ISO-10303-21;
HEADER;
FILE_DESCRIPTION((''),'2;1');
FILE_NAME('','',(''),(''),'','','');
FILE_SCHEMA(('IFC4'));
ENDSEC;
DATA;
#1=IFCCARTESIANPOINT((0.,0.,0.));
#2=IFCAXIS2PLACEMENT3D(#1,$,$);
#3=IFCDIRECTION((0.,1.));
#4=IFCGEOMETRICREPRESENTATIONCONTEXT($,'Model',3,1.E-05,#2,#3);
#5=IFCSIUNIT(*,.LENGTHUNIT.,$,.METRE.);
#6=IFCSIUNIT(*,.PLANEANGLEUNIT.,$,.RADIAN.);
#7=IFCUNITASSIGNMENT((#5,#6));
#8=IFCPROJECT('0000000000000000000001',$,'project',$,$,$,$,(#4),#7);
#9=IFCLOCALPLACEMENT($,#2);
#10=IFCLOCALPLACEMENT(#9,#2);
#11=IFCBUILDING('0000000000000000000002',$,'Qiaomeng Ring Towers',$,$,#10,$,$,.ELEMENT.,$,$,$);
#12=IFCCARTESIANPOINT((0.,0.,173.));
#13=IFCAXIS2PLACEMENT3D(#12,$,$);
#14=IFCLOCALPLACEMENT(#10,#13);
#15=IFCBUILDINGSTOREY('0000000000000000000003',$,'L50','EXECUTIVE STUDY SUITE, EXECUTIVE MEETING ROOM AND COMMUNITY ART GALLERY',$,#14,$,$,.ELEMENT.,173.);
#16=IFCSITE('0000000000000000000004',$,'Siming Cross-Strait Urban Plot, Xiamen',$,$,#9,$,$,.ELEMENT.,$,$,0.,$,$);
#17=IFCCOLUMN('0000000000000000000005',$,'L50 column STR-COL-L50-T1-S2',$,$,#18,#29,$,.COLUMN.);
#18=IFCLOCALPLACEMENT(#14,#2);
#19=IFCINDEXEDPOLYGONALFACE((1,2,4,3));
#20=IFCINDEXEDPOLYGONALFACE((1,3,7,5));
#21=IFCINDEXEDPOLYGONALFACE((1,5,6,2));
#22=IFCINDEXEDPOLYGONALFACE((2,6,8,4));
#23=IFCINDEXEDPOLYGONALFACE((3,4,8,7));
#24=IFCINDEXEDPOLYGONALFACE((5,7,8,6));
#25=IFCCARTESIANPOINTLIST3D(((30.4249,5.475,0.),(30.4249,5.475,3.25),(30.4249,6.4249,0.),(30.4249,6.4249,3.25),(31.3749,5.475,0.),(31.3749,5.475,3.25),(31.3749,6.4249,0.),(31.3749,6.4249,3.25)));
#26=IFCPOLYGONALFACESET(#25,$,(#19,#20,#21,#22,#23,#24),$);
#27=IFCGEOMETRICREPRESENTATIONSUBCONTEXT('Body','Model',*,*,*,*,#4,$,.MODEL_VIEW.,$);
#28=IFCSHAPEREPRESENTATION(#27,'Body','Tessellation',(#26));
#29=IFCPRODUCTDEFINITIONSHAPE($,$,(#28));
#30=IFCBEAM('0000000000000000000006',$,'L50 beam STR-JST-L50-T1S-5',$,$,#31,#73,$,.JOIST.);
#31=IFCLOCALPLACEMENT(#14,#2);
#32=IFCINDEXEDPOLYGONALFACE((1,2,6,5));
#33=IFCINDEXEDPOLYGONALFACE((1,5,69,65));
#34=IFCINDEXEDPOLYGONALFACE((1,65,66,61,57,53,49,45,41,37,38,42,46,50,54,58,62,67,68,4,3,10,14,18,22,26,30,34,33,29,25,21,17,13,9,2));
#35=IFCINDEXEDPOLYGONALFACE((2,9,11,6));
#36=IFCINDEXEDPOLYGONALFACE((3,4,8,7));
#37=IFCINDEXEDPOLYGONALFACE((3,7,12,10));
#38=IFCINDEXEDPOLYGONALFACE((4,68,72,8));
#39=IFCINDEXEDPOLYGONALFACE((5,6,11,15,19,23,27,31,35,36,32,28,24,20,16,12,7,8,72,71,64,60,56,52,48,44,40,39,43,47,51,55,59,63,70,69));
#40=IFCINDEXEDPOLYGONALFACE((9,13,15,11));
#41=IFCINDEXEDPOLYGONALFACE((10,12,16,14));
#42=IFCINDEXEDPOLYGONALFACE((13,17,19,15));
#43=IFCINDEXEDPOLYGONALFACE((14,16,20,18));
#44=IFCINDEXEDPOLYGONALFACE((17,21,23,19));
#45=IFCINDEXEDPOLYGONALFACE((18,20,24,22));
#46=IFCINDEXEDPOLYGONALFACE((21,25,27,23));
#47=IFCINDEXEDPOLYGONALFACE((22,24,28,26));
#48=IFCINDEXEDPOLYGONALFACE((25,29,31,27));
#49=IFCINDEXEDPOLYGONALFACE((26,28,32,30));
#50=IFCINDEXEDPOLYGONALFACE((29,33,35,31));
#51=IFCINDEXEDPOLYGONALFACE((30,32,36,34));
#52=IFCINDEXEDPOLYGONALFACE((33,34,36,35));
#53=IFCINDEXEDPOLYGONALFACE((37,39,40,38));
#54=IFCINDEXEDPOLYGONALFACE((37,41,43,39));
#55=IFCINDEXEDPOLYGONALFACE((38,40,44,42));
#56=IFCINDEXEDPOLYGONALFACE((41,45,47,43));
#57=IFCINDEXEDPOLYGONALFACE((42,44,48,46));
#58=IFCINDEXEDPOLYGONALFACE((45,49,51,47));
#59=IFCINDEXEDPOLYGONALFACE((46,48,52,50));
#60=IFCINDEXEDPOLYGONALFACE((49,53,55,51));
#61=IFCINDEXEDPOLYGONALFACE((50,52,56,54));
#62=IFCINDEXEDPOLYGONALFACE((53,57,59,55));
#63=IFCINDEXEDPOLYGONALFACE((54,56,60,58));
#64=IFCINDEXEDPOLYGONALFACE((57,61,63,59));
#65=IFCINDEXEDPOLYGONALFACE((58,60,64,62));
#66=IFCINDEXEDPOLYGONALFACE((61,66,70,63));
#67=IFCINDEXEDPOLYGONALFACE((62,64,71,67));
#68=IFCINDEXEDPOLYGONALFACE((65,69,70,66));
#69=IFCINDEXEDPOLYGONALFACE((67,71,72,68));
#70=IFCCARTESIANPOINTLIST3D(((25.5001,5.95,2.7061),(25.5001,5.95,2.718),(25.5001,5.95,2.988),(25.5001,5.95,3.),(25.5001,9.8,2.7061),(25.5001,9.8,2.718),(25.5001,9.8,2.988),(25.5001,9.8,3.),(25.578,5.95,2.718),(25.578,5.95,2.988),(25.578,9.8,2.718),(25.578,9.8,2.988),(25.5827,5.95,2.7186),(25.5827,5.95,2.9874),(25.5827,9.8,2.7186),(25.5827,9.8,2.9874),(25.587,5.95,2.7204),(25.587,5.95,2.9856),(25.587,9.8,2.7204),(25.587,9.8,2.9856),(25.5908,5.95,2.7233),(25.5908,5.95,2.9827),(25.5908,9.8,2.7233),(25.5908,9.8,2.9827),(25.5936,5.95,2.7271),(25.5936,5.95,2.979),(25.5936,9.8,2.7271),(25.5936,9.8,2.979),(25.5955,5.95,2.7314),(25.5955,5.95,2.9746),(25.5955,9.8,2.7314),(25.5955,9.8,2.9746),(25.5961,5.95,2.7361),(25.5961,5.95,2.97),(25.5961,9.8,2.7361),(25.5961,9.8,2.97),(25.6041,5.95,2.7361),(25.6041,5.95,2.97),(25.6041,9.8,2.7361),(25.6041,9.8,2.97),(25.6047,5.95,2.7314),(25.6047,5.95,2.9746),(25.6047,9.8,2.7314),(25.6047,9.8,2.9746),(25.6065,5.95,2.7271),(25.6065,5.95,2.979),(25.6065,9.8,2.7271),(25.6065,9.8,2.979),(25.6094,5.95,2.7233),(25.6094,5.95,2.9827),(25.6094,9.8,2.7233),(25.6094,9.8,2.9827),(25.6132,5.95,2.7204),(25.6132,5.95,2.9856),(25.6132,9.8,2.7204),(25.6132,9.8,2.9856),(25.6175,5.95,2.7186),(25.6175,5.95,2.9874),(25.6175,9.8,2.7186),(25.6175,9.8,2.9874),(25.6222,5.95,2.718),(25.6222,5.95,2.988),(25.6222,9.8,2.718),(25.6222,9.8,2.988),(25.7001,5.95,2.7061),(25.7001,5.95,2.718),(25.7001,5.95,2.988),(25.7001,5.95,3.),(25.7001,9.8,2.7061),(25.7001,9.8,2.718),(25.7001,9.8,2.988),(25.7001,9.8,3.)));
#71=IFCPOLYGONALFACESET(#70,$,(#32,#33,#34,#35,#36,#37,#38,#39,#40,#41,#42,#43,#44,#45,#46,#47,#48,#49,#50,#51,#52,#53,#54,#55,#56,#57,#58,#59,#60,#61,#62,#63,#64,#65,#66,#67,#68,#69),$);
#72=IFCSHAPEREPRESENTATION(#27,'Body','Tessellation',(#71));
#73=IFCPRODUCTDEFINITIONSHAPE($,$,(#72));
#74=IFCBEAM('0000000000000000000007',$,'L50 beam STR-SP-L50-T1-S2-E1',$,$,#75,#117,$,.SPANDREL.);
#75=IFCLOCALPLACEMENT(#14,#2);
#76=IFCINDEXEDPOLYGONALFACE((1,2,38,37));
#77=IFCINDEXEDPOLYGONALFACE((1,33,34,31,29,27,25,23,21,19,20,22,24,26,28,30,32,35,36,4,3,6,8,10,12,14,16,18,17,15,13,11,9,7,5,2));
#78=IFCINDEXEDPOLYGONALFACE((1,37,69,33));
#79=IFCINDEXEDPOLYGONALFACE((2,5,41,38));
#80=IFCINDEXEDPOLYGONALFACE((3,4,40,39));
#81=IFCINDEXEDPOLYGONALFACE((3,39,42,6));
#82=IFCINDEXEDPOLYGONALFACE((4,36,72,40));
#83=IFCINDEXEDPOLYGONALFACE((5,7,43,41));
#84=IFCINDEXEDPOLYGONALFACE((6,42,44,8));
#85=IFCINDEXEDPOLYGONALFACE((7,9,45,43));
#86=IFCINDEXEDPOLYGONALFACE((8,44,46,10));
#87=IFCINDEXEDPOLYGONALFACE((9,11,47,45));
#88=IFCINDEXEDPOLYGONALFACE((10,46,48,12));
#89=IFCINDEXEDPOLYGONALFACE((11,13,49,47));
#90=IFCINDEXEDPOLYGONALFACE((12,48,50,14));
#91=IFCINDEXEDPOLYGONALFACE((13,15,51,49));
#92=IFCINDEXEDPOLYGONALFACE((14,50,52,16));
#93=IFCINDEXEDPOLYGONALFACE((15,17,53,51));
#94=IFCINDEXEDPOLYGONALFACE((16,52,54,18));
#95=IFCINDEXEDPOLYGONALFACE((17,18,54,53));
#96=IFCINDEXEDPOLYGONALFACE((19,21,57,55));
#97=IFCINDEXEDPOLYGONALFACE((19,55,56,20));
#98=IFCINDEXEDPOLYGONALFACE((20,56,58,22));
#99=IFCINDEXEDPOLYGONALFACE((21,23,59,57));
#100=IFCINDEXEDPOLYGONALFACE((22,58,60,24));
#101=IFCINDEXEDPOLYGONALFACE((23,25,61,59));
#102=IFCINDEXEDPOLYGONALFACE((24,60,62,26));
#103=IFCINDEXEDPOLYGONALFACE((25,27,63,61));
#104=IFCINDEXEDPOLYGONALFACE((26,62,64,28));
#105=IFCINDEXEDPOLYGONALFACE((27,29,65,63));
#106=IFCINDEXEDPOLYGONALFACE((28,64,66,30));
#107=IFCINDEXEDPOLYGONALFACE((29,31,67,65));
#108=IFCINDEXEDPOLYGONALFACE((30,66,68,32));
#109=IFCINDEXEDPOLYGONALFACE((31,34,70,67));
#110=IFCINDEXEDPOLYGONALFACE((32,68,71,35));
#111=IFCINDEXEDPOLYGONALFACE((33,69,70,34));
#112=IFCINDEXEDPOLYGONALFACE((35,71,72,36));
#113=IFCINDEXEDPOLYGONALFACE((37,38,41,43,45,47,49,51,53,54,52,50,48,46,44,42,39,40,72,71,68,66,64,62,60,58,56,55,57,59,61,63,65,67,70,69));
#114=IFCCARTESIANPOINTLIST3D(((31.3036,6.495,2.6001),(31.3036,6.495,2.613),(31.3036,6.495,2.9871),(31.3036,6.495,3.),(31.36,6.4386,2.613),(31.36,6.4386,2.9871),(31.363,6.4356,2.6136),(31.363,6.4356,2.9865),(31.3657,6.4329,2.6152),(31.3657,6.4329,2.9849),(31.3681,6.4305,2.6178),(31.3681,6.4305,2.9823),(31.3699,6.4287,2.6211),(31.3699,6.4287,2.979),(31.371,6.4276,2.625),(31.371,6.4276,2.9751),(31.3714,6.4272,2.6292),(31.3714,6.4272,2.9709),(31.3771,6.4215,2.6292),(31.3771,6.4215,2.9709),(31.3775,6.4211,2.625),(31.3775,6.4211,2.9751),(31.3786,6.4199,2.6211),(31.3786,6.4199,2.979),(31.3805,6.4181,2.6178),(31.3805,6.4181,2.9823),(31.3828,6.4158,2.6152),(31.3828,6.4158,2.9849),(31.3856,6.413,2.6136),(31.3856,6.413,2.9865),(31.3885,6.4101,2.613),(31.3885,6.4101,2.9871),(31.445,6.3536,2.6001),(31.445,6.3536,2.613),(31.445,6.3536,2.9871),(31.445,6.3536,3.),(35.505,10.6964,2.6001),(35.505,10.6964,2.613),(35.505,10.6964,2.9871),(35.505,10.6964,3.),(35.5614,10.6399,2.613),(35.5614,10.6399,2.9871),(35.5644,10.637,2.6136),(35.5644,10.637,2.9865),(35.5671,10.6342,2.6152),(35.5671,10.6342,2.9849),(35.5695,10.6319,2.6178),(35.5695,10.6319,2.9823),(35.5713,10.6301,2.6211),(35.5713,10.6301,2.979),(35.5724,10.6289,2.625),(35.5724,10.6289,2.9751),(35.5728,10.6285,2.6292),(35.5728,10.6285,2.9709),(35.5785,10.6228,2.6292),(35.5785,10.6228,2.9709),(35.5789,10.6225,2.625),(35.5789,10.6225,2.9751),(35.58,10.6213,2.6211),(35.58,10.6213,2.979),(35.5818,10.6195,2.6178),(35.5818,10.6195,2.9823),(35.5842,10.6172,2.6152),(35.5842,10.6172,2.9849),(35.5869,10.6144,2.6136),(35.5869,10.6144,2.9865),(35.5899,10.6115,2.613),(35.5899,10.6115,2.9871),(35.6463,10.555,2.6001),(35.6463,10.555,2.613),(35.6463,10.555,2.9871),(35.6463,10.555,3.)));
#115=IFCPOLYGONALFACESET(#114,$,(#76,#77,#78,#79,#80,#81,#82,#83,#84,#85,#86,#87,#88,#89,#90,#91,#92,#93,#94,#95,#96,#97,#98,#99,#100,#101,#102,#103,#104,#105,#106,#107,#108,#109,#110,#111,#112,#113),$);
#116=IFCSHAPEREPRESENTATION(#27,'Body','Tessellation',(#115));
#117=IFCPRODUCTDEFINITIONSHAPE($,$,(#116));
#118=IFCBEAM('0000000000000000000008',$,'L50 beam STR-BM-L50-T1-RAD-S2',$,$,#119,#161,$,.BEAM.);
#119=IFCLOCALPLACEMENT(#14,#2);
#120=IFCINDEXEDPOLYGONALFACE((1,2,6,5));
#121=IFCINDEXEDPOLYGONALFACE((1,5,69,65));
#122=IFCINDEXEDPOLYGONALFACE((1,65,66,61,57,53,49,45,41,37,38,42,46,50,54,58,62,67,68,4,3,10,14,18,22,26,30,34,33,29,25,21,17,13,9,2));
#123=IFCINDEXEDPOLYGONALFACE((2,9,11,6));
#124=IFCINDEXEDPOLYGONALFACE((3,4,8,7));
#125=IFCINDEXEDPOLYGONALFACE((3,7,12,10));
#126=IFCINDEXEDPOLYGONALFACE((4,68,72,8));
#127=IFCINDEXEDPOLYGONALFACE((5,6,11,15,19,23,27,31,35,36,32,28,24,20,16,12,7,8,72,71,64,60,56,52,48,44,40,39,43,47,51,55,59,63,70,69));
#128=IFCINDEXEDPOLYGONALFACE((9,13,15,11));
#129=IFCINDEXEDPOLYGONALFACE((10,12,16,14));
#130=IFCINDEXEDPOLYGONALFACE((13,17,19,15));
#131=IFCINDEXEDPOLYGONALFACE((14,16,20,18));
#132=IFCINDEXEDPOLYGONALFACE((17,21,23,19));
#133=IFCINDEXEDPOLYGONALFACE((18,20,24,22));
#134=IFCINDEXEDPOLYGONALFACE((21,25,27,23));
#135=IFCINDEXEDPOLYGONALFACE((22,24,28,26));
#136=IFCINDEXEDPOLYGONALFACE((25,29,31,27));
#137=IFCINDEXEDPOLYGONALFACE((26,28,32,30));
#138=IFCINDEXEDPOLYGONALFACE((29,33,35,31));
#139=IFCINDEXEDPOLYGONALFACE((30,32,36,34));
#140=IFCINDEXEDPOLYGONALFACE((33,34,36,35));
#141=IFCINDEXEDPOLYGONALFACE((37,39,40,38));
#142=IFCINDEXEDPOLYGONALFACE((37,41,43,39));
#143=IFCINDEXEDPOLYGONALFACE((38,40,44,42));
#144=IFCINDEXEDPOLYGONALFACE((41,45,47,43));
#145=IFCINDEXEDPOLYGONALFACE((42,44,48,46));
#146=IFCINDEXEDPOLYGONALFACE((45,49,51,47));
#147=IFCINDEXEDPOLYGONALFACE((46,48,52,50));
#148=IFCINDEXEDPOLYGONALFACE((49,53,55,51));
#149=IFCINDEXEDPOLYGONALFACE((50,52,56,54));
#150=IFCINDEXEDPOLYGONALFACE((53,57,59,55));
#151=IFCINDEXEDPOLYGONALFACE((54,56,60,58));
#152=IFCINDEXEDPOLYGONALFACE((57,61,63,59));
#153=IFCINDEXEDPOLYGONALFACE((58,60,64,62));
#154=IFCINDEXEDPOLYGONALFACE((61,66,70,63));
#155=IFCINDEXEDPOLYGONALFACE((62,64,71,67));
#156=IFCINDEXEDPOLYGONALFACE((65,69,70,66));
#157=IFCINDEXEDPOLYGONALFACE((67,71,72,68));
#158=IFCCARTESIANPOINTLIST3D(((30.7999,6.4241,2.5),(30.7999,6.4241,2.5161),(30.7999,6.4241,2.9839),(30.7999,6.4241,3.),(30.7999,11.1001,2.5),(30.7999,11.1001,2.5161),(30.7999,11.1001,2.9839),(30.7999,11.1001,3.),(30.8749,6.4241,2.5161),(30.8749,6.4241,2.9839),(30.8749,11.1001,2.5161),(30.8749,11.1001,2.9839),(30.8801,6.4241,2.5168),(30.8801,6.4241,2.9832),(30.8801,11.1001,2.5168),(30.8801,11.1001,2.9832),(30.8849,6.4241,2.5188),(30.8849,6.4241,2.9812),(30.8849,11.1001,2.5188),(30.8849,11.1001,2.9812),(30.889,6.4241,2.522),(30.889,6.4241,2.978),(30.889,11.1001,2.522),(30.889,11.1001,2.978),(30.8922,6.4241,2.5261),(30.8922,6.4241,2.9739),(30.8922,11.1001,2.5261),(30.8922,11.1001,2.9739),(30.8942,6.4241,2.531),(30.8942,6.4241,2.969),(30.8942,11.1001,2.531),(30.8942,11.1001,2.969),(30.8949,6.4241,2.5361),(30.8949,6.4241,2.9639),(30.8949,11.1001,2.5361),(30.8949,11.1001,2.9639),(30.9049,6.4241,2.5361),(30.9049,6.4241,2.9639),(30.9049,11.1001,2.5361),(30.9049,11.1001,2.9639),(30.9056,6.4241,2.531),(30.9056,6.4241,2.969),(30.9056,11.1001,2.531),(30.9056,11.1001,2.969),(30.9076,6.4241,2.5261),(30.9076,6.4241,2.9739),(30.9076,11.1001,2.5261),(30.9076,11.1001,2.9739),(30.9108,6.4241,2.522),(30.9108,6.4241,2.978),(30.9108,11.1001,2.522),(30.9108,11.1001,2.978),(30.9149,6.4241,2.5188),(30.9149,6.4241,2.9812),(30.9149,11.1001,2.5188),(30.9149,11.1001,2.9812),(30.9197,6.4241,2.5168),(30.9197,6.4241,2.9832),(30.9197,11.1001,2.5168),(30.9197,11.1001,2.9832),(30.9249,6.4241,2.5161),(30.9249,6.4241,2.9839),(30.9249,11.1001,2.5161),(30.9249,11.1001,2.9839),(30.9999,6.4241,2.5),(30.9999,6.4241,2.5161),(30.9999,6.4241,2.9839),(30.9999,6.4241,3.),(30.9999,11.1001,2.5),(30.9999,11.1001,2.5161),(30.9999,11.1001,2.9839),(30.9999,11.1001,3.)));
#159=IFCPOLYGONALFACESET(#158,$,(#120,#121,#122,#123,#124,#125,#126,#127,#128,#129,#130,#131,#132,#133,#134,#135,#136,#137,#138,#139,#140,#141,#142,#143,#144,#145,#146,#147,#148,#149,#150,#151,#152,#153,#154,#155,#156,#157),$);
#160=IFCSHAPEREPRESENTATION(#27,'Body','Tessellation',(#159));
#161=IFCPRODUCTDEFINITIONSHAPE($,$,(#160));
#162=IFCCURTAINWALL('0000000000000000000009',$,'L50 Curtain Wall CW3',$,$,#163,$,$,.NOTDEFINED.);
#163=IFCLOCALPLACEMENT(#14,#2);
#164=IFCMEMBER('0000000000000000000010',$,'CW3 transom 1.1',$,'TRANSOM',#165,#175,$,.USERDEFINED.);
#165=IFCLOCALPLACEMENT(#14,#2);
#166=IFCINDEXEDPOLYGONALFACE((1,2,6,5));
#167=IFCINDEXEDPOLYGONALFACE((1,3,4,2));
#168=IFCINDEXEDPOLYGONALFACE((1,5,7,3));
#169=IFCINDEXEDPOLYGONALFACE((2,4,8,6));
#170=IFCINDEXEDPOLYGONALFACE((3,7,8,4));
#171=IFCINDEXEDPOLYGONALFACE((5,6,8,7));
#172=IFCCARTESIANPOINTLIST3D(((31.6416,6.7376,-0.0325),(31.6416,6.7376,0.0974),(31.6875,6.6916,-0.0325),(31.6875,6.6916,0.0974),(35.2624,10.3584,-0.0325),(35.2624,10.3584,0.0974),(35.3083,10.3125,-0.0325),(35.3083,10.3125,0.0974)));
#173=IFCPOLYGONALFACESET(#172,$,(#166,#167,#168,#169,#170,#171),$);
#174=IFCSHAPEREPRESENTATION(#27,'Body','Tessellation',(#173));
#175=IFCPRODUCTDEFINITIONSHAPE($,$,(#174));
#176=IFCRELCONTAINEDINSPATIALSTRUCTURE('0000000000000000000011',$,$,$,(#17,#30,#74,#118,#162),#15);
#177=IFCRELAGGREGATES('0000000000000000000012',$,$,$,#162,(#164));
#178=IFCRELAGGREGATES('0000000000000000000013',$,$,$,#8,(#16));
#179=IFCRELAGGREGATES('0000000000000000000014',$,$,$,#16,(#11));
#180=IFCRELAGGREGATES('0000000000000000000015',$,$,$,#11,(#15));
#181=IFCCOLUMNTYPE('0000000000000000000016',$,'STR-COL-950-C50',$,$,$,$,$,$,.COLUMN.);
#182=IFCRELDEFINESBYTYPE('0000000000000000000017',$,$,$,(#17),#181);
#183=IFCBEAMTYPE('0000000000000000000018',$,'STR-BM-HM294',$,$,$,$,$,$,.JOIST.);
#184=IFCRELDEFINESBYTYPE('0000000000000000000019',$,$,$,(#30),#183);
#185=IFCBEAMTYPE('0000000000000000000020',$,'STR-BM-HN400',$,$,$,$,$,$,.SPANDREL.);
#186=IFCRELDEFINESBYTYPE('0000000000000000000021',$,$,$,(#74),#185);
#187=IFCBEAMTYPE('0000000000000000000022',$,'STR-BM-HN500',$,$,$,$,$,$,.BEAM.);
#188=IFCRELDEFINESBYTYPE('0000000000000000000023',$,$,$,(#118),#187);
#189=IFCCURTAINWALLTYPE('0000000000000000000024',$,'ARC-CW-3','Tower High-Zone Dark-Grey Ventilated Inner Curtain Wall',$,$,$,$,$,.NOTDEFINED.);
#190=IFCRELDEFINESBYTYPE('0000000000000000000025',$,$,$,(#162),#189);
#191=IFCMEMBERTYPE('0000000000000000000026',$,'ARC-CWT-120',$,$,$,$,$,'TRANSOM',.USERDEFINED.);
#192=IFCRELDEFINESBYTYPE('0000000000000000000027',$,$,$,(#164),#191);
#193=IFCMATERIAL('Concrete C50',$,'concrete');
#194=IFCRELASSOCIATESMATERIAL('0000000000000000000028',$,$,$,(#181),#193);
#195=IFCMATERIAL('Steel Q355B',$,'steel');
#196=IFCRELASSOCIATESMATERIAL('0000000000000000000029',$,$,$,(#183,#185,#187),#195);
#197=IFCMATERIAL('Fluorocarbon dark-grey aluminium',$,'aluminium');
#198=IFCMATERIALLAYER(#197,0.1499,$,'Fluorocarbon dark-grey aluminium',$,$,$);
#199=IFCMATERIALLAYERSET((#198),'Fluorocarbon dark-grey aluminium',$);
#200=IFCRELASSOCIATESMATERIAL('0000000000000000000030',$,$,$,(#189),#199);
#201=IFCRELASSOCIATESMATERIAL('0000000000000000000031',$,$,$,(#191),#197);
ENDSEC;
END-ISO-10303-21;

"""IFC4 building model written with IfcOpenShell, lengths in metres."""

from ifc_helpers import new_model, si_unit, direction, frame, origin, origin_2d, place, context, subcontext, project, spatial, rectangle, i_section, extrude, source, transform, mapped, material, layer, layer_set, material_profile, profile_set, type_object, element, aggregate, save


model = new_model("IFC4")

# Units and contexts
model_context = context("Model", 3, precision=1e-05, world=origin(), true_north=direction((0.0, 1.0)))
body_context = subcontext(model_context, "Body", "Model", "MODEL_VIEW")
ifc_project = project(units=[si_unit("LENGTHUNIT", "METRE"), si_unit("PLANEANGLEUNIT", "RADIAN")], contexts=[model_context])

# Site, building, storey
site_placement = place(None, origin())
site = spatial("IfcSite", under=ifc_project, at=site_placement, Name="Siming Cross-Strait Urban Plot, Xiamen", CompositionType="ELEMENT", RefElevation=0.0)
building_placement = place(site_placement, origin())
building = spatial("IfcBuilding", under=site, at=building_placement, Name="Qiaomeng Ring Towers", CompositionType="ELEMENT")
storey_placement = place(building_placement, frame((0.0, 0.0, 173.0)))
storey = spatial("IfcBuildingStorey", under=building, at=storey_placement, Name="L50", Description="EXECUTIVE STUDY SUITE, EXECUTIVE MEETING ROOM AND COMMUNITY ART GALLERY", CompositionType="ELEMENT", Elevation=173.0)

# Column
ifc_material_1 = material(Name="Concrete C50", Category="concrete")
ifc_material_profile_1 = material_profile(ifc_material_1, rectangle(XDim=0.95, YDim=0.95, at=origin_2d()), Name="RC COL 950x950")
ifc_profile_set_1 = profile_set([ifc_material_profile_1], Name="Concrete C50")
column_type = type_object("IfcColumnType", Name="STR-COL-950-C50", PredefinedType="COLUMN", material=ifc_profile_set_1)
shared_shape_1 = source(origin(), body_context, "Body", "SweptSolid", [
    extrude(rectangle(XDim=0.95, YDim=0.95, at=origin_2d()), origin(), (0.0, 0.0, 1.0), 3.25),
])
column_placement = place(storey_placement, frame((30.8999, 5.95, 0.0), z_axis=(0.0, 0.0, 1.0), x_axis=(1.0, 0.0, 0.0)))
element("IfcColumn", 1, at=column_placement, inside=storey, type_object=column_type, Name="L50 column STR-COL-L50-T1-S2", PredefinedType="COLUMN", context=body_context, shape_type="MappedRepresentation", body=[
    mapped(shared_shape_1, transform((0.0, 0.0, 0.0), x_axis=(1.0, 0.0, 0.0), y_axis=(0.0, 1.0, 0.0), z_axis=(0.0, 0.0, 1.0), scale=1.0)),
])

# Beams
ifc_material_2 = material(Name="Steel Q355B", Category="steel")
ifc_material_profile_2 = material_profile(ifc_material_2, i_section(OverallWidth=0.2, OverallDepth=0.2939, WebThickness=0.0081, FlangeThickness=0.012, FilletRadius=0.0181, at=origin_2d()), Name="HM 294x200x8x12")
ifc_profile_set_2 = profile_set([ifc_material_profile_2], Name="Steel Q355B")
beam_type_1 = type_object("IfcBeamType", Name="STR-BM-HM294", PredefinedType="JOIST", material=ifc_profile_set_2)
shared_shape_2 = source(origin(), body_context, "Body", "SweptSolid", [
    extrude(i_section(OverallWidth=0.2, OverallDepth=0.2939, WebThickness=0.0081, FlangeThickness=0.012, FilletRadius=0.0181, at=origin_2d()), origin(), (0.0, 0.0, 1.0), 3.8501),
])
beam_1_placement = place(storey_placement, frame((25.6001, 5.95, 2.853), z_axis=(0.0, 1.0, 0.0), x_axis=(-1.0, 0.0, 0.0)))
element("IfcBeam", 2, at=beam_1_placement, inside=storey, type_object=beam_type_1, Name="L50 beam STR-JST-L50-T1S-5", PredefinedType="JOIST", context=body_context, shape_type="MappedRepresentation", body=[
    mapped(shared_shape_2, transform((0.0, 0.0, 0.0), x_axis=(1.0, 0.0, 0.0), y_axis=(0.0, 1.0, 0.0), z_axis=(0.0, 0.0, 1.0), scale=1.0)),
])
ifc_material_profile_3 = material_profile(ifc_material_2, i_section(OverallWidth=0.2, OverallDepth=0.3999, WebThickness=0.0081, FlangeThickness=0.0129, FilletRadius=0.0161, at=origin_2d()), Name="HN 400x200x8x13")
ifc_profile_set_3 = profile_set([ifc_material_profile_3], Name="Steel Q355B")
beam_type_2 = type_object("IfcBeamType", Name="STR-BM-HN400", PredefinedType="SPANDREL", material=ifc_profile_set_3)
shared_shape_3 = source(origin(), body_context, "Body", "SweptSolid", [
    extrude(i_section(OverallWidth=0.2, OverallDepth=0.3999, WebThickness=0.0081, FlangeThickness=0.0129, FilletRadius=0.0161, at=origin_2d()), origin(), (0.0, 0.0, 1.0), 5.9417),
])
beam_2_placement = place(storey_placement, frame((31.3743, 6.4243, 2.8), z_axis=(0.707107, 0.707107, 0.0), x_axis=(-0.707107, 0.707107, 0.0)))
element("IfcBeam", 3, at=beam_2_placement, inside=storey, type_object=beam_type_2, Name="L50 beam STR-SP-L50-T1-S2-E1", PredefinedType="SPANDREL", context=body_context, shape_type="MappedRepresentation", body=[
    mapped(shared_shape_3, transform((0.0, 0.0, 0.0), x_axis=(1.0, 0.0, 0.0), y_axis=(0.0, 1.0, 0.0), z_axis=(0.0, 0.0, 1.0), scale=1.0)),
])
ifc_material_profile_4 = material_profile(ifc_material_2, i_section(OverallWidth=0.2, OverallDepth=0.5, WebThickness=0.01, FlangeThickness=0.0161, FilletRadius=0.02, at=origin_2d()), Name="HN 500x200x10x16")
ifc_profile_set_4 = profile_set([ifc_material_profile_4], Name="Steel Q355B")
beam_type_3 = type_object("IfcBeamType", Name="STR-BM-HN500", PredefinedType="BEAM", material=ifc_profile_set_4)
shared_shape_4 = source(origin(), body_context, "Body", "SweptSolid", [
    extrude(i_section(OverallWidth=0.2, OverallDepth=0.5, WebThickness=0.01, FlangeThickness=0.0161, FilletRadius=0.02, at=origin_2d()), origin(), (0.0, 0.0, 1.0), 4.676),
])
beam_3_placement = place(storey_placement, frame((30.8999, 6.4241, 2.75), z_axis=(0.0, 1.0, 0.0), x_axis=(-1.0, 0.0, 0.0)))
element("IfcBeam", 4, at=beam_3_placement, inside=storey, type_object=beam_type_3, Name="L50 beam STR-BM-L50-T1-RAD-S2", PredefinedType="BEAM", context=body_context, shape_type="MappedRepresentation", body=[
    mapped(shared_shape_4, transform((0.0, 0.0, 0.0), x_axis=(1.0, 0.0, 0.0), y_axis=(0.0, 1.0, 0.0), z_axis=(0.0, 0.0, 1.0), scale=1.0)),
])

# Curtain wall, member
ifc_material_3 = material(Name="Fluorocarbon dark-grey aluminium", Category="aluminium")
ifc_layer_1 = layer(ifc_material_3, 0.1499, Name="Fluorocarbon dark-grey aluminium")
ifc_layer_set_1 = layer_set([ifc_layer_1], Name="Fluorocarbon dark-grey aluminium")
curtain_wall_type = type_object("IfcCurtainWallType", Name="ARC-CW-3", Description="Tower High-Zone Dark-Grey Ventilated Inner Curtain Wall", PredefinedType="NOTDEFINED", material=ifc_layer_set_1)
curtain_wall_placement = place(storey_placement, origin())
curtain_wall = element("IfcCurtainWall", 5, at=curtain_wall_placement, inside=storey, type_object=curtain_wall_type, Name="L50 Curtain Wall CW3", PredefinedType="NOTDEFINED")
ifc_material_profile_5 = material_profile(ifc_material_3, rectangle(XDim=0.0649, YDim=0.1299, at=origin_2d()), Name="ALU TRAN 65x130")
ifc_profile_set_5 = profile_set([ifc_material_profile_5], Name="Fluorocarbon dark-grey aluminium")
member_type_1 = type_object("IfcMemberType", Name="ARC-CWT-120", ElementType="TRANSOM", PredefinedType="USERDEFINED", material=ifc_profile_set_5)
shared_shape_5 = source(origin(), body_context, "Body", "SweptSolid", [
    extrude(rectangle(XDim=0.0649, YDim=0.1299, at=origin_2d()), origin(), (0.0, 0.0, 1.0), 5.1206),
])
member_1_placement = place(storey_placement, frame((31.6646, 6.7146, 0.0325), z_axis=(0.707107, 0.707107, 0.0), x_axis=(-0.707107, 0.707107, 0.0)))
member_1 = element("IfcMember", 6, at=member_1_placement, type_object=member_type_1, Name="CW3 transom 1.1", ObjectType="TRANSOM", PredefinedType="USERDEFINED", context=body_context, shape_type="MappedRepresentation", body=[
    mapped(shared_shape_5, transform((0.0, 0.0, 0.0), x_axis=(1.0, 0.0, 0.0), y_axis=(0.0, 1.0, 0.0), z_axis=(0.0, 0.0, 1.0), scale=1.0)),
])
aggregate(curtain_wall, [member_1])

save(model, "model.ifc")
